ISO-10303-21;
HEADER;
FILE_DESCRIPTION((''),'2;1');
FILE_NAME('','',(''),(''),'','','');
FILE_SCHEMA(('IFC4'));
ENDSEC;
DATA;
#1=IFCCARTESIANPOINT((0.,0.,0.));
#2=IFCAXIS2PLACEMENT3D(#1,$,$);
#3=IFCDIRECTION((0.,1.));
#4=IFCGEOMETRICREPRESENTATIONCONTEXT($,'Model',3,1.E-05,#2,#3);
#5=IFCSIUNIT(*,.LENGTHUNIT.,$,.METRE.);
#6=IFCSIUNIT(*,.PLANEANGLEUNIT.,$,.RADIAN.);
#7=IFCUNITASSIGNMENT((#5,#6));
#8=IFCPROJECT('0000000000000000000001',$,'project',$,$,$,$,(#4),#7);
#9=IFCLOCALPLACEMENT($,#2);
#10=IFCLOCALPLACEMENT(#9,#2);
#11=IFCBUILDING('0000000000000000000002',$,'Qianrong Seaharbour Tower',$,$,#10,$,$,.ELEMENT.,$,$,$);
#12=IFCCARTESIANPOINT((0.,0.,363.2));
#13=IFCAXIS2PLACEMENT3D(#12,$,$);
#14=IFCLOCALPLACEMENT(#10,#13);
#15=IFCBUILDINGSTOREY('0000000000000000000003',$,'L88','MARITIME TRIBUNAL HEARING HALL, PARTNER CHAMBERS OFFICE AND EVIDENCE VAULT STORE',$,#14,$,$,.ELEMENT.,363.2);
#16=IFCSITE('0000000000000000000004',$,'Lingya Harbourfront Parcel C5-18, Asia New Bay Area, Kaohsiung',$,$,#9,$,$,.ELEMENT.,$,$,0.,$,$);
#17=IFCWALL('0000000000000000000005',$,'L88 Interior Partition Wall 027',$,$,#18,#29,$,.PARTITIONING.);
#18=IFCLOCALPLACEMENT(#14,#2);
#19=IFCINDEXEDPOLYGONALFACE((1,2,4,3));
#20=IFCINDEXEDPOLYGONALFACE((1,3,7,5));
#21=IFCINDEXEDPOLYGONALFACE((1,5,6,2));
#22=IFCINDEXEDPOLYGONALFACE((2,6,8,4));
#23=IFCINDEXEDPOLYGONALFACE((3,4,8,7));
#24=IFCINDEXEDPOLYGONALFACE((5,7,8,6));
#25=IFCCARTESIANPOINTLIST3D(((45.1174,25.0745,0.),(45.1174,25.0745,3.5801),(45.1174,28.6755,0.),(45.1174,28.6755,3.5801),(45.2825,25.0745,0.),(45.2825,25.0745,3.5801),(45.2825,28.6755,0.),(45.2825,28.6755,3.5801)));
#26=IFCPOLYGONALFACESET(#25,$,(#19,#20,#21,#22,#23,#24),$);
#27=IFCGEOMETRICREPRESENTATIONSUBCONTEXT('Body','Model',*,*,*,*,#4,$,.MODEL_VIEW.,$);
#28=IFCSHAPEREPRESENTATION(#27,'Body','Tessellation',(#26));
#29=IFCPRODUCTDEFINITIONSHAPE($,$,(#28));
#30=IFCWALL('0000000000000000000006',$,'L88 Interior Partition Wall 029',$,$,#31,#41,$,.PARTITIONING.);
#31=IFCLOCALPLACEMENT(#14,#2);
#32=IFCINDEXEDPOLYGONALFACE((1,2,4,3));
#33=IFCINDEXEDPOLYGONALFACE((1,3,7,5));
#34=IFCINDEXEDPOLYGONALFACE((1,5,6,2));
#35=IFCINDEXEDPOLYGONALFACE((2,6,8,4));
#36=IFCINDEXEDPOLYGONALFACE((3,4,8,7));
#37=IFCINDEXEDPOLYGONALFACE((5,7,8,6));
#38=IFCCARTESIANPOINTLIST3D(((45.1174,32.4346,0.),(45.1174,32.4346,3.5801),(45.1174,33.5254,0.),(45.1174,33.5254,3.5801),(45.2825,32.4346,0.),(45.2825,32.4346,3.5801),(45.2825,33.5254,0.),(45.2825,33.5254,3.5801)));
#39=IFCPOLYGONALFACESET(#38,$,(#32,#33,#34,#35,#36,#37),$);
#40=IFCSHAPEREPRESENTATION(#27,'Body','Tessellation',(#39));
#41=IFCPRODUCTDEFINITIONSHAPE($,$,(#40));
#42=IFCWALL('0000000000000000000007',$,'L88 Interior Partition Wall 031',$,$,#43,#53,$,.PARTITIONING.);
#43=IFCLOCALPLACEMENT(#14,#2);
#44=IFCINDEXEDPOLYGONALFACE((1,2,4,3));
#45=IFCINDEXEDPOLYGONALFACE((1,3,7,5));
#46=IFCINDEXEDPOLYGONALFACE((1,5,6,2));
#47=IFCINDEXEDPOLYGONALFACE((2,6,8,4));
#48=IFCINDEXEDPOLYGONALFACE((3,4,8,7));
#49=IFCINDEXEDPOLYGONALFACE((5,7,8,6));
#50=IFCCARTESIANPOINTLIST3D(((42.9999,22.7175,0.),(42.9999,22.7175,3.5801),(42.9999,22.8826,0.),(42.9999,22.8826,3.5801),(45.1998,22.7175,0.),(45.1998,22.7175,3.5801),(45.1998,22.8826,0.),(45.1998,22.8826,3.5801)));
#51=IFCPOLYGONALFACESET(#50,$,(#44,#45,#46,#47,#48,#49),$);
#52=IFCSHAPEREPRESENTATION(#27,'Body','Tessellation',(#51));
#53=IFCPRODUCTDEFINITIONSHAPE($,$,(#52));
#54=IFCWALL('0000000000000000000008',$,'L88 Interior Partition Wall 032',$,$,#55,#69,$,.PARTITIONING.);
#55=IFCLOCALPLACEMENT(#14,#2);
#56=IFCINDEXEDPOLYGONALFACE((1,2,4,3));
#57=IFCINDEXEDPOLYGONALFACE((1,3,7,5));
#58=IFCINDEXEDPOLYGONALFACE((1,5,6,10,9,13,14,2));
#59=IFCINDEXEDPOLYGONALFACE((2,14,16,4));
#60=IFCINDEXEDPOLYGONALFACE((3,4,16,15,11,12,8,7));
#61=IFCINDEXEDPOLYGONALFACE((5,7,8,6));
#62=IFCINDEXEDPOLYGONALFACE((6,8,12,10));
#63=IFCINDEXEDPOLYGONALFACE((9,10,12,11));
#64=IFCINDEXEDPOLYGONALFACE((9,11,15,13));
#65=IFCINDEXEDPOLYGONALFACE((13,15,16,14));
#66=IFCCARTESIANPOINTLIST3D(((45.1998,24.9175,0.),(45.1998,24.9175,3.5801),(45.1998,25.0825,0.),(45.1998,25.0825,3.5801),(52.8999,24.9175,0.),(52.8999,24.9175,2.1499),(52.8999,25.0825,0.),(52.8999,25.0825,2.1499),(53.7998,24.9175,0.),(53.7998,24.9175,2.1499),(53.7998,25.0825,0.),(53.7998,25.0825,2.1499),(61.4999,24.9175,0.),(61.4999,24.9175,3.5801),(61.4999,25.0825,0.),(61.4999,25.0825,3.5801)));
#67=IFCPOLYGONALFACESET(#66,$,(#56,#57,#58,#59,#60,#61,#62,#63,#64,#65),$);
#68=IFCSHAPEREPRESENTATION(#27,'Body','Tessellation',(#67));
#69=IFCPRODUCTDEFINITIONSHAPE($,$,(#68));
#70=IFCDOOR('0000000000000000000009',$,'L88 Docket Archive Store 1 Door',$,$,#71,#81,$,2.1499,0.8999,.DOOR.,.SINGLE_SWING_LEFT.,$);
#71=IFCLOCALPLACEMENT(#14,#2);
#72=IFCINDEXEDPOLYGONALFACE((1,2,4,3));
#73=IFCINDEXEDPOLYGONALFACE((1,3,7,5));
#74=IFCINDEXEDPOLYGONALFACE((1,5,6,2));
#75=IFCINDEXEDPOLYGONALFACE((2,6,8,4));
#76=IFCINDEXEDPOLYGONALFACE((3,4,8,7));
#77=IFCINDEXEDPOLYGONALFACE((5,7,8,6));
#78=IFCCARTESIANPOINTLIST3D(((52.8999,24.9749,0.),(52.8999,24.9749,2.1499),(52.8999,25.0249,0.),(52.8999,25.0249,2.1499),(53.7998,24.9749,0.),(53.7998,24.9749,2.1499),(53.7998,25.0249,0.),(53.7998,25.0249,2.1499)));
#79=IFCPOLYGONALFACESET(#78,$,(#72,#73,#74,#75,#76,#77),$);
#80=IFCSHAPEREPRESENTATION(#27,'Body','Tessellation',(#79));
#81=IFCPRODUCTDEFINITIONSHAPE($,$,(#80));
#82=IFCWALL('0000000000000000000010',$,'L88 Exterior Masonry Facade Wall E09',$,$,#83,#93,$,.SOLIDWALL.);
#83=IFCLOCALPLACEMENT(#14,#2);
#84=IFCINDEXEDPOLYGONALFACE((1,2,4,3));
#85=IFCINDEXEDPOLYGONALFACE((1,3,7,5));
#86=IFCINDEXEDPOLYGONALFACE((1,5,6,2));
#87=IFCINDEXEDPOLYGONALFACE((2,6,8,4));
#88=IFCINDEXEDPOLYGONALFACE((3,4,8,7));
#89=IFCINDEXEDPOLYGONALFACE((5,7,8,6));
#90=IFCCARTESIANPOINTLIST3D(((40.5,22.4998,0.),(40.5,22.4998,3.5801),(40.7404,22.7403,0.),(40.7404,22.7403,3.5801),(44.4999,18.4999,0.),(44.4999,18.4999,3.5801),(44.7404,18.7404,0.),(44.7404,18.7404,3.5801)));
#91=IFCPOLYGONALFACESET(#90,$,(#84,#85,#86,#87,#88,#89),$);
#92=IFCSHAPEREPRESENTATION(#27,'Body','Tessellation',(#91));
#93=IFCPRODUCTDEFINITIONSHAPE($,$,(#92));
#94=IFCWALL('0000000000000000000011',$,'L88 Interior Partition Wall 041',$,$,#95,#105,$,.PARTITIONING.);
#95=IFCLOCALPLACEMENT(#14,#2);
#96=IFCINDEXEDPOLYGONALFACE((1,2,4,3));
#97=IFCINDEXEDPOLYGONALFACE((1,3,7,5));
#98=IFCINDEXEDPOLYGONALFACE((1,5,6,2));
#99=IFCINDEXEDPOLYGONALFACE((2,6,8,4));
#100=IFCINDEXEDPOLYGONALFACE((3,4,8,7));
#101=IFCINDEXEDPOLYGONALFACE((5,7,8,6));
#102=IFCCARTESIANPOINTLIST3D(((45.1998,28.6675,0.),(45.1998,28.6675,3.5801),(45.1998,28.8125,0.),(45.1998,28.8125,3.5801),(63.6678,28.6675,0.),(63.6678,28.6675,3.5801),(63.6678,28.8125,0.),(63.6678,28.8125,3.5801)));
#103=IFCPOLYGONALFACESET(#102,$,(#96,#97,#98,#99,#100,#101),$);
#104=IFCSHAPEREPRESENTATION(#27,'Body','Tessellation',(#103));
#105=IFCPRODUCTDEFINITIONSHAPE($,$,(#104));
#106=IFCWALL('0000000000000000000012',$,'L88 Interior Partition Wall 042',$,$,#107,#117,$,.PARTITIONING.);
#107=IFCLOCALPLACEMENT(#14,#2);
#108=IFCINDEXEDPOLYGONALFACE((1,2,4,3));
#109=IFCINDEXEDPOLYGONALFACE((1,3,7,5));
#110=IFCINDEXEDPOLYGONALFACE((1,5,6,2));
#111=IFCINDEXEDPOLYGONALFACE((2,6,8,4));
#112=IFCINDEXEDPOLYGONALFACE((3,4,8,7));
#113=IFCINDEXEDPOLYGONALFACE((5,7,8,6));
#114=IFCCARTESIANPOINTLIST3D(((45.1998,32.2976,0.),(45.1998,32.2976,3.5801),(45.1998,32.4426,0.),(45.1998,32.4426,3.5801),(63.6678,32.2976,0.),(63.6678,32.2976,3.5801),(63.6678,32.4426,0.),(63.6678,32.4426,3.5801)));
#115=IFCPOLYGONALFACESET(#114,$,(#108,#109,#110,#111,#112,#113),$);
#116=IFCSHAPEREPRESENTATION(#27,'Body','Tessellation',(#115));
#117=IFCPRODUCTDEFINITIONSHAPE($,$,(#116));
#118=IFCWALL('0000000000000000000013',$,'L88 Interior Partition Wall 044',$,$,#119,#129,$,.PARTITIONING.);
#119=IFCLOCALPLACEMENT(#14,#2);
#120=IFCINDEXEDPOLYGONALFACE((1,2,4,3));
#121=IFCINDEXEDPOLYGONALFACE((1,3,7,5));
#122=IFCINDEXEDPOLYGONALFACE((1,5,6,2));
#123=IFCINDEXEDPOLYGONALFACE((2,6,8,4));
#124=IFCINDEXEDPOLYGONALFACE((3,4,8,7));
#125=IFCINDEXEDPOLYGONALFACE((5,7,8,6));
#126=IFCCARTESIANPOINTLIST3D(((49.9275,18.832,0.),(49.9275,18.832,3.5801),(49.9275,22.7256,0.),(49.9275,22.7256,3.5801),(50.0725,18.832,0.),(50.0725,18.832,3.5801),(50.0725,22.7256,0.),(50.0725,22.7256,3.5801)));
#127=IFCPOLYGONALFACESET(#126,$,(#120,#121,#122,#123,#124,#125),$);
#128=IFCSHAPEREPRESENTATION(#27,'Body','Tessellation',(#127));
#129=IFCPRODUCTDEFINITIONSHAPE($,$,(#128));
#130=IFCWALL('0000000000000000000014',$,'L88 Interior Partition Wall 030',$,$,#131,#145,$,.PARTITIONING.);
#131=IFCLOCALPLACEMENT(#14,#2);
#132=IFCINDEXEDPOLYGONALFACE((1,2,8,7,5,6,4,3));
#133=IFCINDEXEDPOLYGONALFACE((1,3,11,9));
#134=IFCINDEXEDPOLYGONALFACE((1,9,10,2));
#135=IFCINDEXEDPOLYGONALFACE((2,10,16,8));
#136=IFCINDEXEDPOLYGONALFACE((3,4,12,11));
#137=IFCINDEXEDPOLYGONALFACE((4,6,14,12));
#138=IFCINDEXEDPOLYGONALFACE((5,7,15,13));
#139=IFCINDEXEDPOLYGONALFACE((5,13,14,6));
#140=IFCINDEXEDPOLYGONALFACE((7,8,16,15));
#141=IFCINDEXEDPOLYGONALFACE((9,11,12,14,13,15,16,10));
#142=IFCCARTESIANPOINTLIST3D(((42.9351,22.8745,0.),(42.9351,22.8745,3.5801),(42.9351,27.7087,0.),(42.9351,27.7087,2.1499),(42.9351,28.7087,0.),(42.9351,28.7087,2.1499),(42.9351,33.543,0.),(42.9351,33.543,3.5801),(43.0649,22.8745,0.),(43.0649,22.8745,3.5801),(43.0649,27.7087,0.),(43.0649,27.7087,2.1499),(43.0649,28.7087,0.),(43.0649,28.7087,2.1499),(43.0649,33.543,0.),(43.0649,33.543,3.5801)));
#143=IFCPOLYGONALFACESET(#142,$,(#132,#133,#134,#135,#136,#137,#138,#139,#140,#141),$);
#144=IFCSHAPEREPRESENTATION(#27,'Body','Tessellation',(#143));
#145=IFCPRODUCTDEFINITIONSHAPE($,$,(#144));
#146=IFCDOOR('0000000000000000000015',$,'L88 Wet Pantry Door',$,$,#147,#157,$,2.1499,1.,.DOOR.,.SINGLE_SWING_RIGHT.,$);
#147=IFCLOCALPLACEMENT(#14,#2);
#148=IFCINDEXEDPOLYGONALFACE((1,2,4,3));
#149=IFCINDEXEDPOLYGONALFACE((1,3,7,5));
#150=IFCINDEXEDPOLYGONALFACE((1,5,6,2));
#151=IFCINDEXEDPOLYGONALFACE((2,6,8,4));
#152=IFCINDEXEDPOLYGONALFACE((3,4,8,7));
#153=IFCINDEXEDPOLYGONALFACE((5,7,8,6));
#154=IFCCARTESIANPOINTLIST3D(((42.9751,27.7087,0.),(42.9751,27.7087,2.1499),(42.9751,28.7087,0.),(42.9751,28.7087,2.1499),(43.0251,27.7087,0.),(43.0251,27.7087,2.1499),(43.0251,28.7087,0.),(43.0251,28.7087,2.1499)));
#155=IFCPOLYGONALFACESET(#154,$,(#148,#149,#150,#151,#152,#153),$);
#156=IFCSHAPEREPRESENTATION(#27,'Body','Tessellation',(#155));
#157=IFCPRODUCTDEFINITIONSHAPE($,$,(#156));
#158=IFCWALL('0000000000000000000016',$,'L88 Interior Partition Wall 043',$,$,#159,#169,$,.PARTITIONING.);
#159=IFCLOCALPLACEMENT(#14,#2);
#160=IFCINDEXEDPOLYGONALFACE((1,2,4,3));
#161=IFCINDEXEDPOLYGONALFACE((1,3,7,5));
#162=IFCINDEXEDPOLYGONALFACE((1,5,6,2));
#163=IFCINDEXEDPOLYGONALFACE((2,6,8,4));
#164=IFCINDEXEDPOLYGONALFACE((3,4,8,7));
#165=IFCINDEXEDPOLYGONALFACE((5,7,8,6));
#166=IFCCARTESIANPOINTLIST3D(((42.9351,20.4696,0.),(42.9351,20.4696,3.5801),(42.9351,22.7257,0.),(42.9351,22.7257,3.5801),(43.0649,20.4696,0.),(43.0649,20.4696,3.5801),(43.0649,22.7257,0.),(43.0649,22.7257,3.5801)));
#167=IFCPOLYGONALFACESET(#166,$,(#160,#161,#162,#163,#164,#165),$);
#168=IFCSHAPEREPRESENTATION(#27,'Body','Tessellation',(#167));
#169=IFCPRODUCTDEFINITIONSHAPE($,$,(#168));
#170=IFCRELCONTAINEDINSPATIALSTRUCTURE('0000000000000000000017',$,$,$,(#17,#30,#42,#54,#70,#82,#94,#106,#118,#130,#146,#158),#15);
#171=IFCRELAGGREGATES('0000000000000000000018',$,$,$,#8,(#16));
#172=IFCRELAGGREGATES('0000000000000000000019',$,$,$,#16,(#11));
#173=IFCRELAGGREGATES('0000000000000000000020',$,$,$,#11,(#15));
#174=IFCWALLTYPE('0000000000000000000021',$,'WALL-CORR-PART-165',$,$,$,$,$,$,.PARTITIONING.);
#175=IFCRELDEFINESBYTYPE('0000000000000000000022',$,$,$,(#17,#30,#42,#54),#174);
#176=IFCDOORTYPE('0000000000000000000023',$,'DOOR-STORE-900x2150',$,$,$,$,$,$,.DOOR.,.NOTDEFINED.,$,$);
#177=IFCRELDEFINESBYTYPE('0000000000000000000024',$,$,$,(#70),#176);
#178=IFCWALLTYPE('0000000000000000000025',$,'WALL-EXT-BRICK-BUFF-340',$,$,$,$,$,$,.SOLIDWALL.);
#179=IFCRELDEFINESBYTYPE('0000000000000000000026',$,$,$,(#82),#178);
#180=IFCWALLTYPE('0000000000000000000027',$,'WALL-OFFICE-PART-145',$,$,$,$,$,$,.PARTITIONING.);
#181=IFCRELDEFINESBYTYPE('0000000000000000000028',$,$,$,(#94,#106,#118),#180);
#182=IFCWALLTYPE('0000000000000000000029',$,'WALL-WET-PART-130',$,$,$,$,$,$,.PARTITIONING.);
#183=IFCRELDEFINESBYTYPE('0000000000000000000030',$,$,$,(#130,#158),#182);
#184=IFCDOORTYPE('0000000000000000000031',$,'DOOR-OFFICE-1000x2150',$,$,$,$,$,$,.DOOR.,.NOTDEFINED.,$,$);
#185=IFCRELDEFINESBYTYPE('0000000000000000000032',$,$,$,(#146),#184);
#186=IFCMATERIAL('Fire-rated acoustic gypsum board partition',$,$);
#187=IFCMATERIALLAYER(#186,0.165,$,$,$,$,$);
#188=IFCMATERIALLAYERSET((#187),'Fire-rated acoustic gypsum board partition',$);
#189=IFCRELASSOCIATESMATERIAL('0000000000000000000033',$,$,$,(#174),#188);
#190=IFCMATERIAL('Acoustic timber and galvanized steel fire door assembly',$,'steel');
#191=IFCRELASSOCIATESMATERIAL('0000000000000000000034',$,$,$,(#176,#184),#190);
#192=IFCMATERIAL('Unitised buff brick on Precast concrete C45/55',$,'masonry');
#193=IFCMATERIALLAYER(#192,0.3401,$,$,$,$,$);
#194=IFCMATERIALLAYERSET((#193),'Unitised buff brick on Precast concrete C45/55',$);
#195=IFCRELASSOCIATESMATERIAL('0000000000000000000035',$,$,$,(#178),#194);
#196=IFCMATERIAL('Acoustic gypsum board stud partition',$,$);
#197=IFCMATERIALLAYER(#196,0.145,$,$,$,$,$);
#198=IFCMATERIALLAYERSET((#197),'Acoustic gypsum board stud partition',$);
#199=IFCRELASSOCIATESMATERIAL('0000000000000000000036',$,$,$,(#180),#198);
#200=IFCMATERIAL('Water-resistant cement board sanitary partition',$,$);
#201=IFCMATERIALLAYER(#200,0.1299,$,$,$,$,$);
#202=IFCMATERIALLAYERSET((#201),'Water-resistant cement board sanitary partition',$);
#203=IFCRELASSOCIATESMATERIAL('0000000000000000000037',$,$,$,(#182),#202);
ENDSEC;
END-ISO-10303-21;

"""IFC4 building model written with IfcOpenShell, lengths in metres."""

from ifc_helpers import new_model, si_unit, direction, frame, frame_2d, origin, place, context, subcontext, project, spatial, rectangle, extrude, material, layer, layer_set, type_object, element, fill, save


model = new_model("IFC4")

# Units and contexts
model_context = context("Model", 3, precision=1e-05, world=origin(), true_north=direction((0.0, 1.0)))
body_context = subcontext(model_context, "Body", "Model", "MODEL_VIEW")
ifc_project = project(units=[si_unit("LENGTHUNIT", "METRE"), si_unit("PLANEANGLEUNIT", "RADIAN")], contexts=[model_context])

# Site, building, storey
site_placement = place(None, origin())
site = spatial("IfcSite", under=ifc_project, at=site_placement, Name="Lingya Harbourfront Parcel C5-18, Asia New Bay Area, Kaohsiung", CompositionType="ELEMENT", RefElevation=0.0)
building_placement = place(site_placement, origin())
building = spatial("IfcBuilding", under=site, at=building_placement, Name="Qianrong Seaharbour Tower", CompositionType="ELEMENT")
storey_placement = place(building_placement, frame((0.0, 0.0, 363.2)))
storey = spatial("IfcBuildingStorey", under=building, at=storey_placement, Name="L88", Description="MARITIME TRIBUNAL HEARING HALL, PARTNER CHAMBERS OFFICE AND EVIDENCE VAULT STORE", CompositionType="ELEMENT", Elevation=363.2)

# Wall
ifc_material_1 = material(Name="Fire-rated acoustic gypsum board partition")
ifc_layer_1 = layer(ifc_material_1, 0.165)
ifc_layer_set_1 = layer_set([ifc_layer_1], Name="Fire-rated acoustic gypsum board partition")
wall_type_1 = type_object("IfcWallType", Name="WALL-CORR-PART-165", PredefinedType="PARTITIONING", material=ifc_layer_set_1)
wall_1_placement = place(storey_placement, frame((45.2, 28.6755, 0.0), z_axis=(0.0, 0.0, 1.0), x_axis=(0.0, -1.0, 0.0)))
element("IfcWall", 1, at=wall_1_placement, inside=storey, type_object=wall_type_1, Name="L88 Interior Partition Wall 027", PredefinedType="PARTITIONING", context=body_context, shape_type="SweptSolid", body=[
    extrude(rectangle(XDim=3.6011, YDim=0.165, at=frame_2d((1.8005, 0.0))), origin(), (0.0, 0.0, 1.0), 3.5801),
])

# Shared definitions
ifc_material_2 = material(Name="Acoustic timber and galvanized steel fire door assembly", Category="steel")
door_type_1 = type_object("IfcDoorType", Name="DOOR-STORE-900x2150", OperationType="NOTDEFINED", PredefinedType="DOOR", material=ifc_material_2)

# Walls
wall_2_placement = place(storey_placement, frame((45.2, 33.5254, 0.0), z_axis=(0.0, 0.0, 1.0), x_axis=(0.0, -1.0, 0.0)))
element("IfcWall", 2, at=wall_2_placement, inside=storey, type_object=wall_type_1, Name="L88 Interior Partition Wall 029", PredefinedType="PARTITIONING", context=body_context, shape_type="SweptSolid", body=[
    extrude(rectangle(XDim=1.0908, YDim=0.165, at=frame_2d((0.5454, 0.0))), origin(), (0.0, 0.0, 1.0), 3.5801),
])
wall_3_placement = place(storey_placement, frame((45.2, 22.8, 0.0), z_axis=(0.0, 0.0, 1.0), x_axis=(-1.0, 0.0, 0.0)))
element("IfcWall", 3, at=wall_3_placement, inside=storey, type_object=wall_type_1, Name="L88 Interior Partition Wall 031", PredefinedType="PARTITIONING", context=body_context, shape_type="SweptSolid", body=[
    extrude(rectangle(XDim=2.2, YDim=0.165, at=frame_2d((1.1001, 0.0))), origin(), (0.0, 0.0, 1.0), 3.5801),
])

# Wall, opening, door
wall_4_placement = place(storey_placement, frame((45.2, 25.0, 0.0), z_axis=(0.0, 0.0, 1.0), x_axis=(1.0, 0.0, 0.0)))
wall_4 = element("IfcWall", 4, at=wall_4_placement, inside=storey, type_object=wall_type_1, Name="L88 Interior Partition Wall 032", PredefinedType="PARTITIONING", context=body_context, shape_type="SweptSolid", body=[
    extrude(rectangle(XDim=16.3, YDim=0.165, at=frame_2d((8.1499, 0.0))), origin(), (0.0, 0.0, 1.0), 3.5801),
])
opening_1_placement = place(wall_4_placement, frame((7.7, 0.0, 0.0)))
opening_1 = element("IfcOpeningElement", 5, at=opening_1_placement, cuts=wall_4, PredefinedType="OPENING", context=body_context, shape_type="SweptSolid", body=[
    extrude(rectangle(XDim=0.8999, YDim=2.1499, at=frame_2d((0.45, 1.075))), frame((0.0, 0.0925, 0.0), z_axis=(0.0, -1.0, 0.0), x_axis=(1.0, 0.0, 0.0)), (0.0, 0.0, 1.0), 0.1851),
])
door_1_placement = place(opening_1_placement, origin())
door_1 = element("IfcDoor", 6, at=door_1_placement, inside=storey, type_object=door_type_1, Name="L88 Docket Archive Store 1 Door", OperationType="SINGLE_SWING_LEFT", OverallHeight=2.1499, OverallWidth=0.8999, PredefinedType="DOOR", context=body_context, shape_type="SweptSolid", body=[
    extrude(rectangle(XDim=0.8999, YDim=2.1499, at=frame_2d((0.45, 1.075))), frame((0.0, 0.0249, 0.0), z_axis=(0.0, -1.0, 0.0), x_axis=(1.0, 0.0, 0.0)), (0.0, 0.0, 1.0), 0.05),
])
fill(opening_1, door_1)

# Walls
ifc_material_3 = material(Name="Unitised buff brick on Precast concrete C45/55", Category="masonry")
ifc_layer_2 = layer(ifc_material_3, 0.3401)
ifc_layer_set_2 = layer_set([ifc_layer_2], Name="Unitised buff brick on Precast concrete C45/55")
wall_type_2 = type_object("IfcWallType", Name="WALL-EXT-BRICK-BUFF-340", PredefinedType="SOLIDWALL", material=ifc_layer_set_2)
wall_5_placement = place(storey_placement, frame((44.6201, 18.6201, 0.0), z_axis=(0.0, 0.0, 1.0), x_axis=(-0.707107, 0.707107, 0.0)))
element("IfcWall", 7, at=wall_5_placement, inside=storey, type_object=wall_type_2, Name="L88 Exterior Masonry Facade Wall E09", PredefinedType="SOLIDWALL", context=body_context, shape_type="SweptSolid", body=[
    extrude(rectangle(XDim=5.6567, YDim=0.3401, at=frame_2d((2.8284, 0.0))), origin(), (0.0, 0.0, 1.0), 3.5801),
])
ifc_material_4 = material(Name="Acoustic gypsum board stud partition")
ifc_layer_3 = layer(ifc_material_4, 0.145)
ifc_layer_set_3 = layer_set([ifc_layer_3], Name="Acoustic gypsum board stud partition")
wall_type_3 = type_object("IfcWallType", Name="WALL-OFFICE-PART-145", PredefinedType="PARTITIONING", material=ifc_layer_set_3)
for number, where, z_axis, x_axis, name in (
    (8, (45.2, 28.74, 0.0), (0.0, 0.0, 1.0), (1.0, 0.0, 0.0), "L88 Interior Partition Wall 041"),
    (9, (45.2, 32.3701, 0.0), (0.0, 0.0, 1.0), (1.0, 0.0, 0.0), "L88 Interior Partition Wall 042"),
):
    element("IfcWall", number, at=place(storey_placement, frame(where, z_axis=z_axis, x_axis=x_axis)), inside=storey, type_object=wall_type_3, Name=name, PredefinedType="PARTITIONING", context=body_context, shape_type="SweptSolid", body=[
        extrude(rectangle(XDim=18.468, YDim=0.145, at=frame_2d((9.2339, 0.0))), origin(), (0.0, 0.0, 1.0), 3.5801),
    ])
wall_6_placement = place(storey_placement, frame((50.0, 22.7256, 0.0), z_axis=(0.0, 0.0, 1.0), x_axis=(0.0, -1.0, 0.0)))
element("IfcWall", 10, at=wall_6_placement, inside=storey, type_object=wall_type_3, Name="L88 Interior Partition Wall 044", PredefinedType="PARTITIONING", context=body_context, shape_type="SweptSolid", body=[
    extrude(rectangle(XDim=3.8936, YDim=0.145, at=frame_2d((1.9468, 0.0))), origin(), (0.0, 0.0, 1.0), 3.5801),
])

# Wall, opening, door
ifc_material_5 = material(Name="Water-resistant cement board sanitary partition")
ifc_layer_4 = layer(ifc_material_5, 0.1299)
ifc_layer_set_4 = layer_set([ifc_layer_4], Name="Water-resistant cement board sanitary partition")
wall_type_4 = type_object("IfcWallType", Name="WALL-WET-PART-130", PredefinedType="PARTITIONING", material=ifc_layer_set_4)
wall_7_placement = place(storey_placement, frame((43.0, 22.8745, 0.0), z_axis=(0.0, 0.0, 1.0), x_axis=(0.0, 1.0, 0.0)))
wall_7 = element("IfcWall", 11, at=wall_7_placement, inside=storey, type_object=wall_type_4, Name="L88 Interior Partition Wall 030", PredefinedType="PARTITIONING", context=body_context, shape_type="SweptSolid", body=[
    extrude(rectangle(XDim=10.6685, YDim=0.1299, at=frame_2d((5.3342, 0.0))), origin(), (0.0, 0.0, 1.0), 3.5801),
])
opening_2_placement = place(wall_7_placement, frame((4.8342, 0.0, 0.0)))
opening_2 = element("IfcOpeningElement", 12, at=opening_2_placement, cuts=wall_7, PredefinedType="OPENING", context=body_context, shape_type="SweptSolid", body=[
    extrude(rectangle(XDim=1.0, YDim=2.1499, at=frame_2d((0.5, 1.075))), frame((0.0, 0.075, 0.0), z_axis=(0.0, -1.0, 0.0), x_axis=(1.0, 0.0, 0.0)), (0.0, 0.0, 1.0), 0.1499),
])
door_type_2 = type_object("IfcDoorType", Name="DOOR-OFFICE-1000x2150", OperationType="NOTDEFINED", PredefinedType="DOOR", material=ifc_material_2)
door_2_placement = place(opening_2_placement, origin())
door_2 = element("IfcDoor", 13, at=door_2_placement, inside=storey, type_object=door_type_2, Name="L88 Wet Pantry Door", OperationType="SINGLE_SWING_RIGHT", OverallHeight=2.1499, OverallWidth=1.0, PredefinedType="DOOR", context=body_context, shape_type="SweptSolid", body=[
    extrude(rectangle(XDim=1.0, YDim=2.1499, at=frame_2d((0.5, 1.075))), frame((0.0, 0.0249, 0.0), z_axis=(0.0, -1.0, 0.0), x_axis=(1.0, 0.0, 0.0)), (0.0, 0.0, 1.0), 0.05),
])
fill(opening_2, door_2)

# Wall
wall_8_placement = place(storey_placement, frame((43.0, 22.7256, 0.0), z_axis=(0.0, 0.0, 1.0), x_axis=(0.0, -1.0, 0.0)))
element("IfcWall", 14, at=wall_8_placement, inside=storey, type_object=wall_type_4, Name="L88 Interior Partition Wall 043", PredefinedType="PARTITIONING", context=body_context, shape_type="SweptSolid", body=[
    extrude(rectangle(XDim=2.2561, YDim=0.1299, at=frame_2d((1.1279, 0.0))), origin(), (0.0, 0.0, 1.0), 3.5801),
])

save(model, "model.ifc")
